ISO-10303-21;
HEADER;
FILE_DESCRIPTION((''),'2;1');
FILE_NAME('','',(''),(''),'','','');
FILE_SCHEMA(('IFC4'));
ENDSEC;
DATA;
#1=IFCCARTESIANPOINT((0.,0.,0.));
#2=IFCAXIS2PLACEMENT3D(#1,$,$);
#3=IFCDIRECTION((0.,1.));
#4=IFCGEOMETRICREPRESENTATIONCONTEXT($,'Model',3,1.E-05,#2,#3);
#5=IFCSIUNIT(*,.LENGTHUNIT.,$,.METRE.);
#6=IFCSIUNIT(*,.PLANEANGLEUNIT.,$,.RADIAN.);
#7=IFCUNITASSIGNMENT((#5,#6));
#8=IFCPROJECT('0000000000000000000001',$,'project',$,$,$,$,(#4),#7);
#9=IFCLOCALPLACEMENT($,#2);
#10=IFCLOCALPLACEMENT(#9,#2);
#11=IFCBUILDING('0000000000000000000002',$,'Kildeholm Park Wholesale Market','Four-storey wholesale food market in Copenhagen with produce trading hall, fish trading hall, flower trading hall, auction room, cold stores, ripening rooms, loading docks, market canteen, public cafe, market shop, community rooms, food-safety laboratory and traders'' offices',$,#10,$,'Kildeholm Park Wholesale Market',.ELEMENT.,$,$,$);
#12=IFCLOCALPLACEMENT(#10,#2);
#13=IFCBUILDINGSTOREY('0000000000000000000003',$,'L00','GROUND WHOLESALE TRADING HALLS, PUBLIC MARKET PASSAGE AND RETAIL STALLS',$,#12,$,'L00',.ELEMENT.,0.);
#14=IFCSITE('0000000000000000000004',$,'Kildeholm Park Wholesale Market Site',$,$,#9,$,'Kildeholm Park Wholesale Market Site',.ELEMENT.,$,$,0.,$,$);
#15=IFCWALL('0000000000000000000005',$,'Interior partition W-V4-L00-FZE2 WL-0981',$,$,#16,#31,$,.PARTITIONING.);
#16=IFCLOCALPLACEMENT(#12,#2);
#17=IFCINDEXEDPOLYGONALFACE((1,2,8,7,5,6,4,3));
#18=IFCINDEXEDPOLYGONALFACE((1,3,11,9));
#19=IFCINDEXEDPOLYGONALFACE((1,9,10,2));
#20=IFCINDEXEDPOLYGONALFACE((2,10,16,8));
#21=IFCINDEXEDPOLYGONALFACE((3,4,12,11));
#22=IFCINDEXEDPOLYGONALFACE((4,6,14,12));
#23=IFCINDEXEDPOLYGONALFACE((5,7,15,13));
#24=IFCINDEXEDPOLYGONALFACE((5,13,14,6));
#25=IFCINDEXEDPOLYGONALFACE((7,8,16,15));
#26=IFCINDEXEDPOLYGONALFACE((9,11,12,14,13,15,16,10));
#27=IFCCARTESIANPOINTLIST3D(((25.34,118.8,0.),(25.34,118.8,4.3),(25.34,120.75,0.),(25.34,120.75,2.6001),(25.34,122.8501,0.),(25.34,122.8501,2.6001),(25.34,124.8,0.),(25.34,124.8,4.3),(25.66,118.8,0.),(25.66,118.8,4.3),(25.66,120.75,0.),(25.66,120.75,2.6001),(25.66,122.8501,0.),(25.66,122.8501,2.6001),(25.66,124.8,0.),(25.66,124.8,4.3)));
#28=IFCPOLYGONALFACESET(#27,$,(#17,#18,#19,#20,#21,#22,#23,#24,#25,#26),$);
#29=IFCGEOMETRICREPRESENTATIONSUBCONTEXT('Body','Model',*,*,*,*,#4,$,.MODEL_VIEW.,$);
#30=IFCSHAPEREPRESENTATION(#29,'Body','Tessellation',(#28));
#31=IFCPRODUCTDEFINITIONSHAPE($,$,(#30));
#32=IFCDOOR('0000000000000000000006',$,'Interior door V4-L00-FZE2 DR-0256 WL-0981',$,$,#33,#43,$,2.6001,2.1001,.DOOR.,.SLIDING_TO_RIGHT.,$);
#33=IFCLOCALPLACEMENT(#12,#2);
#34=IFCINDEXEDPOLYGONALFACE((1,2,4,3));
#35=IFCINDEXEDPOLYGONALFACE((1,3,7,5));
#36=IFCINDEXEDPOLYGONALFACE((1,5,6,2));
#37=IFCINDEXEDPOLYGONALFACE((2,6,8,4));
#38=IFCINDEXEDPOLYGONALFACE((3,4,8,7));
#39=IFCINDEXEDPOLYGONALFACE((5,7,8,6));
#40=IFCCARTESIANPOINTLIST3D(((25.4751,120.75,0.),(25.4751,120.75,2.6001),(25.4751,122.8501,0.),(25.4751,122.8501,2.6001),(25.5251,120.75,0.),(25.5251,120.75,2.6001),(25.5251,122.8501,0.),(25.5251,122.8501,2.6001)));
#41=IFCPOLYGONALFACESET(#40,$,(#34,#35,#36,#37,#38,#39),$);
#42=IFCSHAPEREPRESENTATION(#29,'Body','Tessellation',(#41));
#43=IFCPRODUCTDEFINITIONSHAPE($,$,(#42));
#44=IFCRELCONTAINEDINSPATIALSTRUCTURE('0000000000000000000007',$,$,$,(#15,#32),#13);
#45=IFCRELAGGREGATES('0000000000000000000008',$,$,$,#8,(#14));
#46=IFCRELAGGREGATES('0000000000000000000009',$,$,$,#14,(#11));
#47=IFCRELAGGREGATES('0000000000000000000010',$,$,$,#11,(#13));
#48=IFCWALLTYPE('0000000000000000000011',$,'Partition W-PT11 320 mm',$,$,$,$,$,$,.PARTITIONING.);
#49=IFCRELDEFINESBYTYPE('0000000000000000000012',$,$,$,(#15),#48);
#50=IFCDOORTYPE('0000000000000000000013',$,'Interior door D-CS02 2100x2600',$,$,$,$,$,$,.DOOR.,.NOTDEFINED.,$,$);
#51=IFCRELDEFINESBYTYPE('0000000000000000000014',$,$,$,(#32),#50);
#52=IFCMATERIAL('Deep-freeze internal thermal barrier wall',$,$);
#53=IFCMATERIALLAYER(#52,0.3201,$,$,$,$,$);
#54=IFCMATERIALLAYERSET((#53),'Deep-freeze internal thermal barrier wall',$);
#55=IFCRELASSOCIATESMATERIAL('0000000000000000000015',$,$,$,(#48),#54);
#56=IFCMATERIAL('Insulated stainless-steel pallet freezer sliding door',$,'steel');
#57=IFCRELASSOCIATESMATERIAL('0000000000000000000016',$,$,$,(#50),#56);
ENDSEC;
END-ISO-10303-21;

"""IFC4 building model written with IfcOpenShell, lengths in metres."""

from ifc_helpers import new_model, si_unit, direction, frame, frame_2d, origin, place, context, subcontext, project, spatial, rectangle, extrude, material, layer, layer_set, type_object, element, fill, save


model = new_model("IFC4")

# Units and contexts
model_context = context("Model", 3, precision=1e-05, world=origin(), true_north=direction((0.0, 1.0)))
body_context = subcontext(model_context, "Body", "Model", "MODEL_VIEW")
ifc_project = project(units=[si_unit("LENGTHUNIT", "METRE"), si_unit("PLANEANGLEUNIT", "RADIAN")], contexts=[model_context])

# Site, building, storey
site_placement = place(None, origin())
site = spatial("IfcSite", under=ifc_project, at=site_placement, Name="Kildeholm Park Wholesale Market Site", LongName="Kildeholm Park Wholesale Market Site", CompositionType="ELEMENT", RefElevation=0.0)
building_placement = place(site_placement, origin())
building = spatial("IfcBuilding", under=site, at=building_placement, Name="Kildeholm Park Wholesale Market", Description="Four-storey wholesale food market in Copenhagen with produce trading hall, fish trading hall, flower trading hall, auction room, cold stores, ripening rooms, loading docks, market canteen, public cafe, market shop, community rooms, food-safety laboratory and traders' offices", LongName="Kildeholm Park Wholesale Market", CompositionType="ELEMENT")
storey_placement = place(building_placement, origin())
storey = spatial("IfcBuildingStorey", under=building, at=storey_placement, Name="L00", Description="GROUND WHOLESALE TRADING HALLS, PUBLIC MARKET PASSAGE AND RETAIL STALLS", LongName="L00", CompositionType="ELEMENT", Elevation=0.0)

# Wall, opening, door
ifc_material_1 = material(Name="Deep-freeze internal thermal barrier wall")
ifc_layer_1 = layer(ifc_material_1, 0.3201)
ifc_layer_set_1 = layer_set([ifc_layer_1], Name="Deep-freeze internal thermal barrier wall")
wall_type_1 = type_object("IfcWallType", Name="Partition W-PT11 320 mm", PredefinedType="PARTITIONING", material=ifc_layer_set_1)
wall_1_placement = place(storey_placement, frame((25.5, 118.8, 0.0), z_axis=(0.0, 0.0, 1.0), x_axis=(0.0, 1.0, 0.0)))
wall_1 = element("IfcWall", 1, at=wall_1_placement, inside=storey, type_object=wall_type_1, Name="Interior partition W-V4-L00-FZE2 WL-0981", PredefinedType="PARTITIONING", context=body_context, shape_type="SweptSolid", body=[
    extrude(rectangle(XDim=6.0, YDim=0.3201, at=frame_2d((3.0, 0.0))), origin(), (0.0, 0.0, 1.0), 4.3),
])
opening_1_placement = place(wall_1_placement, frame((1.95, 0.0, 0.0)))
opening_1 = element("IfcOpeningElement", 2, at=opening_1_placement, cuts=wall_1, PredefinedType="OPENING", context=body_context, shape_type="SweptSolid", body=[
    extrude(rectangle(XDim=2.1001, YDim=2.6001, at=frame_2d((1.05, 1.3))), frame((0.0, 0.1699, 0.0), z_axis=(0.0, -1.0, 0.0), x_axis=(1.0, 0.0, 0.0)), (0.0, 0.0, 1.0), 0.3401),
])
ifc_material_2 = material(Name="Insulated stainless-steel pallet freezer sliding door", Category="steel")
door_type_1 = type_object("IfcDoorType", Name="Interior door D-CS02 2100x2600", OperationType="NOTDEFINED", PredefinedType="DOOR", material=ifc_material_2)
door_1_placement = place(opening_1_placement, origin())
door_1 = element("IfcDoor", 3, at=door_1_placement, inside=storey, type_object=door_type_1, Name="Interior door V4-L00-FZE2 DR-0256 WL-0981", OperationType="SLIDING_TO_RIGHT", OverallHeight=2.6001, OverallWidth=2.1001, PredefinedType="DOOR", context=body_context, shape_type="SweptSolid", body=[
    extrude(rectangle(XDim=2.1001, YDim=2.6001, at=frame_2d((1.05, 1.3))), frame((0.0, 0.0249, 0.0), z_axis=(0.0, -1.0, 0.0), x_axis=(1.0, 0.0, 0.0)), (0.0, 0.0, 1.0), 0.05),
])
fill(opening_1, door_1)

save(model, "model.ifc")
